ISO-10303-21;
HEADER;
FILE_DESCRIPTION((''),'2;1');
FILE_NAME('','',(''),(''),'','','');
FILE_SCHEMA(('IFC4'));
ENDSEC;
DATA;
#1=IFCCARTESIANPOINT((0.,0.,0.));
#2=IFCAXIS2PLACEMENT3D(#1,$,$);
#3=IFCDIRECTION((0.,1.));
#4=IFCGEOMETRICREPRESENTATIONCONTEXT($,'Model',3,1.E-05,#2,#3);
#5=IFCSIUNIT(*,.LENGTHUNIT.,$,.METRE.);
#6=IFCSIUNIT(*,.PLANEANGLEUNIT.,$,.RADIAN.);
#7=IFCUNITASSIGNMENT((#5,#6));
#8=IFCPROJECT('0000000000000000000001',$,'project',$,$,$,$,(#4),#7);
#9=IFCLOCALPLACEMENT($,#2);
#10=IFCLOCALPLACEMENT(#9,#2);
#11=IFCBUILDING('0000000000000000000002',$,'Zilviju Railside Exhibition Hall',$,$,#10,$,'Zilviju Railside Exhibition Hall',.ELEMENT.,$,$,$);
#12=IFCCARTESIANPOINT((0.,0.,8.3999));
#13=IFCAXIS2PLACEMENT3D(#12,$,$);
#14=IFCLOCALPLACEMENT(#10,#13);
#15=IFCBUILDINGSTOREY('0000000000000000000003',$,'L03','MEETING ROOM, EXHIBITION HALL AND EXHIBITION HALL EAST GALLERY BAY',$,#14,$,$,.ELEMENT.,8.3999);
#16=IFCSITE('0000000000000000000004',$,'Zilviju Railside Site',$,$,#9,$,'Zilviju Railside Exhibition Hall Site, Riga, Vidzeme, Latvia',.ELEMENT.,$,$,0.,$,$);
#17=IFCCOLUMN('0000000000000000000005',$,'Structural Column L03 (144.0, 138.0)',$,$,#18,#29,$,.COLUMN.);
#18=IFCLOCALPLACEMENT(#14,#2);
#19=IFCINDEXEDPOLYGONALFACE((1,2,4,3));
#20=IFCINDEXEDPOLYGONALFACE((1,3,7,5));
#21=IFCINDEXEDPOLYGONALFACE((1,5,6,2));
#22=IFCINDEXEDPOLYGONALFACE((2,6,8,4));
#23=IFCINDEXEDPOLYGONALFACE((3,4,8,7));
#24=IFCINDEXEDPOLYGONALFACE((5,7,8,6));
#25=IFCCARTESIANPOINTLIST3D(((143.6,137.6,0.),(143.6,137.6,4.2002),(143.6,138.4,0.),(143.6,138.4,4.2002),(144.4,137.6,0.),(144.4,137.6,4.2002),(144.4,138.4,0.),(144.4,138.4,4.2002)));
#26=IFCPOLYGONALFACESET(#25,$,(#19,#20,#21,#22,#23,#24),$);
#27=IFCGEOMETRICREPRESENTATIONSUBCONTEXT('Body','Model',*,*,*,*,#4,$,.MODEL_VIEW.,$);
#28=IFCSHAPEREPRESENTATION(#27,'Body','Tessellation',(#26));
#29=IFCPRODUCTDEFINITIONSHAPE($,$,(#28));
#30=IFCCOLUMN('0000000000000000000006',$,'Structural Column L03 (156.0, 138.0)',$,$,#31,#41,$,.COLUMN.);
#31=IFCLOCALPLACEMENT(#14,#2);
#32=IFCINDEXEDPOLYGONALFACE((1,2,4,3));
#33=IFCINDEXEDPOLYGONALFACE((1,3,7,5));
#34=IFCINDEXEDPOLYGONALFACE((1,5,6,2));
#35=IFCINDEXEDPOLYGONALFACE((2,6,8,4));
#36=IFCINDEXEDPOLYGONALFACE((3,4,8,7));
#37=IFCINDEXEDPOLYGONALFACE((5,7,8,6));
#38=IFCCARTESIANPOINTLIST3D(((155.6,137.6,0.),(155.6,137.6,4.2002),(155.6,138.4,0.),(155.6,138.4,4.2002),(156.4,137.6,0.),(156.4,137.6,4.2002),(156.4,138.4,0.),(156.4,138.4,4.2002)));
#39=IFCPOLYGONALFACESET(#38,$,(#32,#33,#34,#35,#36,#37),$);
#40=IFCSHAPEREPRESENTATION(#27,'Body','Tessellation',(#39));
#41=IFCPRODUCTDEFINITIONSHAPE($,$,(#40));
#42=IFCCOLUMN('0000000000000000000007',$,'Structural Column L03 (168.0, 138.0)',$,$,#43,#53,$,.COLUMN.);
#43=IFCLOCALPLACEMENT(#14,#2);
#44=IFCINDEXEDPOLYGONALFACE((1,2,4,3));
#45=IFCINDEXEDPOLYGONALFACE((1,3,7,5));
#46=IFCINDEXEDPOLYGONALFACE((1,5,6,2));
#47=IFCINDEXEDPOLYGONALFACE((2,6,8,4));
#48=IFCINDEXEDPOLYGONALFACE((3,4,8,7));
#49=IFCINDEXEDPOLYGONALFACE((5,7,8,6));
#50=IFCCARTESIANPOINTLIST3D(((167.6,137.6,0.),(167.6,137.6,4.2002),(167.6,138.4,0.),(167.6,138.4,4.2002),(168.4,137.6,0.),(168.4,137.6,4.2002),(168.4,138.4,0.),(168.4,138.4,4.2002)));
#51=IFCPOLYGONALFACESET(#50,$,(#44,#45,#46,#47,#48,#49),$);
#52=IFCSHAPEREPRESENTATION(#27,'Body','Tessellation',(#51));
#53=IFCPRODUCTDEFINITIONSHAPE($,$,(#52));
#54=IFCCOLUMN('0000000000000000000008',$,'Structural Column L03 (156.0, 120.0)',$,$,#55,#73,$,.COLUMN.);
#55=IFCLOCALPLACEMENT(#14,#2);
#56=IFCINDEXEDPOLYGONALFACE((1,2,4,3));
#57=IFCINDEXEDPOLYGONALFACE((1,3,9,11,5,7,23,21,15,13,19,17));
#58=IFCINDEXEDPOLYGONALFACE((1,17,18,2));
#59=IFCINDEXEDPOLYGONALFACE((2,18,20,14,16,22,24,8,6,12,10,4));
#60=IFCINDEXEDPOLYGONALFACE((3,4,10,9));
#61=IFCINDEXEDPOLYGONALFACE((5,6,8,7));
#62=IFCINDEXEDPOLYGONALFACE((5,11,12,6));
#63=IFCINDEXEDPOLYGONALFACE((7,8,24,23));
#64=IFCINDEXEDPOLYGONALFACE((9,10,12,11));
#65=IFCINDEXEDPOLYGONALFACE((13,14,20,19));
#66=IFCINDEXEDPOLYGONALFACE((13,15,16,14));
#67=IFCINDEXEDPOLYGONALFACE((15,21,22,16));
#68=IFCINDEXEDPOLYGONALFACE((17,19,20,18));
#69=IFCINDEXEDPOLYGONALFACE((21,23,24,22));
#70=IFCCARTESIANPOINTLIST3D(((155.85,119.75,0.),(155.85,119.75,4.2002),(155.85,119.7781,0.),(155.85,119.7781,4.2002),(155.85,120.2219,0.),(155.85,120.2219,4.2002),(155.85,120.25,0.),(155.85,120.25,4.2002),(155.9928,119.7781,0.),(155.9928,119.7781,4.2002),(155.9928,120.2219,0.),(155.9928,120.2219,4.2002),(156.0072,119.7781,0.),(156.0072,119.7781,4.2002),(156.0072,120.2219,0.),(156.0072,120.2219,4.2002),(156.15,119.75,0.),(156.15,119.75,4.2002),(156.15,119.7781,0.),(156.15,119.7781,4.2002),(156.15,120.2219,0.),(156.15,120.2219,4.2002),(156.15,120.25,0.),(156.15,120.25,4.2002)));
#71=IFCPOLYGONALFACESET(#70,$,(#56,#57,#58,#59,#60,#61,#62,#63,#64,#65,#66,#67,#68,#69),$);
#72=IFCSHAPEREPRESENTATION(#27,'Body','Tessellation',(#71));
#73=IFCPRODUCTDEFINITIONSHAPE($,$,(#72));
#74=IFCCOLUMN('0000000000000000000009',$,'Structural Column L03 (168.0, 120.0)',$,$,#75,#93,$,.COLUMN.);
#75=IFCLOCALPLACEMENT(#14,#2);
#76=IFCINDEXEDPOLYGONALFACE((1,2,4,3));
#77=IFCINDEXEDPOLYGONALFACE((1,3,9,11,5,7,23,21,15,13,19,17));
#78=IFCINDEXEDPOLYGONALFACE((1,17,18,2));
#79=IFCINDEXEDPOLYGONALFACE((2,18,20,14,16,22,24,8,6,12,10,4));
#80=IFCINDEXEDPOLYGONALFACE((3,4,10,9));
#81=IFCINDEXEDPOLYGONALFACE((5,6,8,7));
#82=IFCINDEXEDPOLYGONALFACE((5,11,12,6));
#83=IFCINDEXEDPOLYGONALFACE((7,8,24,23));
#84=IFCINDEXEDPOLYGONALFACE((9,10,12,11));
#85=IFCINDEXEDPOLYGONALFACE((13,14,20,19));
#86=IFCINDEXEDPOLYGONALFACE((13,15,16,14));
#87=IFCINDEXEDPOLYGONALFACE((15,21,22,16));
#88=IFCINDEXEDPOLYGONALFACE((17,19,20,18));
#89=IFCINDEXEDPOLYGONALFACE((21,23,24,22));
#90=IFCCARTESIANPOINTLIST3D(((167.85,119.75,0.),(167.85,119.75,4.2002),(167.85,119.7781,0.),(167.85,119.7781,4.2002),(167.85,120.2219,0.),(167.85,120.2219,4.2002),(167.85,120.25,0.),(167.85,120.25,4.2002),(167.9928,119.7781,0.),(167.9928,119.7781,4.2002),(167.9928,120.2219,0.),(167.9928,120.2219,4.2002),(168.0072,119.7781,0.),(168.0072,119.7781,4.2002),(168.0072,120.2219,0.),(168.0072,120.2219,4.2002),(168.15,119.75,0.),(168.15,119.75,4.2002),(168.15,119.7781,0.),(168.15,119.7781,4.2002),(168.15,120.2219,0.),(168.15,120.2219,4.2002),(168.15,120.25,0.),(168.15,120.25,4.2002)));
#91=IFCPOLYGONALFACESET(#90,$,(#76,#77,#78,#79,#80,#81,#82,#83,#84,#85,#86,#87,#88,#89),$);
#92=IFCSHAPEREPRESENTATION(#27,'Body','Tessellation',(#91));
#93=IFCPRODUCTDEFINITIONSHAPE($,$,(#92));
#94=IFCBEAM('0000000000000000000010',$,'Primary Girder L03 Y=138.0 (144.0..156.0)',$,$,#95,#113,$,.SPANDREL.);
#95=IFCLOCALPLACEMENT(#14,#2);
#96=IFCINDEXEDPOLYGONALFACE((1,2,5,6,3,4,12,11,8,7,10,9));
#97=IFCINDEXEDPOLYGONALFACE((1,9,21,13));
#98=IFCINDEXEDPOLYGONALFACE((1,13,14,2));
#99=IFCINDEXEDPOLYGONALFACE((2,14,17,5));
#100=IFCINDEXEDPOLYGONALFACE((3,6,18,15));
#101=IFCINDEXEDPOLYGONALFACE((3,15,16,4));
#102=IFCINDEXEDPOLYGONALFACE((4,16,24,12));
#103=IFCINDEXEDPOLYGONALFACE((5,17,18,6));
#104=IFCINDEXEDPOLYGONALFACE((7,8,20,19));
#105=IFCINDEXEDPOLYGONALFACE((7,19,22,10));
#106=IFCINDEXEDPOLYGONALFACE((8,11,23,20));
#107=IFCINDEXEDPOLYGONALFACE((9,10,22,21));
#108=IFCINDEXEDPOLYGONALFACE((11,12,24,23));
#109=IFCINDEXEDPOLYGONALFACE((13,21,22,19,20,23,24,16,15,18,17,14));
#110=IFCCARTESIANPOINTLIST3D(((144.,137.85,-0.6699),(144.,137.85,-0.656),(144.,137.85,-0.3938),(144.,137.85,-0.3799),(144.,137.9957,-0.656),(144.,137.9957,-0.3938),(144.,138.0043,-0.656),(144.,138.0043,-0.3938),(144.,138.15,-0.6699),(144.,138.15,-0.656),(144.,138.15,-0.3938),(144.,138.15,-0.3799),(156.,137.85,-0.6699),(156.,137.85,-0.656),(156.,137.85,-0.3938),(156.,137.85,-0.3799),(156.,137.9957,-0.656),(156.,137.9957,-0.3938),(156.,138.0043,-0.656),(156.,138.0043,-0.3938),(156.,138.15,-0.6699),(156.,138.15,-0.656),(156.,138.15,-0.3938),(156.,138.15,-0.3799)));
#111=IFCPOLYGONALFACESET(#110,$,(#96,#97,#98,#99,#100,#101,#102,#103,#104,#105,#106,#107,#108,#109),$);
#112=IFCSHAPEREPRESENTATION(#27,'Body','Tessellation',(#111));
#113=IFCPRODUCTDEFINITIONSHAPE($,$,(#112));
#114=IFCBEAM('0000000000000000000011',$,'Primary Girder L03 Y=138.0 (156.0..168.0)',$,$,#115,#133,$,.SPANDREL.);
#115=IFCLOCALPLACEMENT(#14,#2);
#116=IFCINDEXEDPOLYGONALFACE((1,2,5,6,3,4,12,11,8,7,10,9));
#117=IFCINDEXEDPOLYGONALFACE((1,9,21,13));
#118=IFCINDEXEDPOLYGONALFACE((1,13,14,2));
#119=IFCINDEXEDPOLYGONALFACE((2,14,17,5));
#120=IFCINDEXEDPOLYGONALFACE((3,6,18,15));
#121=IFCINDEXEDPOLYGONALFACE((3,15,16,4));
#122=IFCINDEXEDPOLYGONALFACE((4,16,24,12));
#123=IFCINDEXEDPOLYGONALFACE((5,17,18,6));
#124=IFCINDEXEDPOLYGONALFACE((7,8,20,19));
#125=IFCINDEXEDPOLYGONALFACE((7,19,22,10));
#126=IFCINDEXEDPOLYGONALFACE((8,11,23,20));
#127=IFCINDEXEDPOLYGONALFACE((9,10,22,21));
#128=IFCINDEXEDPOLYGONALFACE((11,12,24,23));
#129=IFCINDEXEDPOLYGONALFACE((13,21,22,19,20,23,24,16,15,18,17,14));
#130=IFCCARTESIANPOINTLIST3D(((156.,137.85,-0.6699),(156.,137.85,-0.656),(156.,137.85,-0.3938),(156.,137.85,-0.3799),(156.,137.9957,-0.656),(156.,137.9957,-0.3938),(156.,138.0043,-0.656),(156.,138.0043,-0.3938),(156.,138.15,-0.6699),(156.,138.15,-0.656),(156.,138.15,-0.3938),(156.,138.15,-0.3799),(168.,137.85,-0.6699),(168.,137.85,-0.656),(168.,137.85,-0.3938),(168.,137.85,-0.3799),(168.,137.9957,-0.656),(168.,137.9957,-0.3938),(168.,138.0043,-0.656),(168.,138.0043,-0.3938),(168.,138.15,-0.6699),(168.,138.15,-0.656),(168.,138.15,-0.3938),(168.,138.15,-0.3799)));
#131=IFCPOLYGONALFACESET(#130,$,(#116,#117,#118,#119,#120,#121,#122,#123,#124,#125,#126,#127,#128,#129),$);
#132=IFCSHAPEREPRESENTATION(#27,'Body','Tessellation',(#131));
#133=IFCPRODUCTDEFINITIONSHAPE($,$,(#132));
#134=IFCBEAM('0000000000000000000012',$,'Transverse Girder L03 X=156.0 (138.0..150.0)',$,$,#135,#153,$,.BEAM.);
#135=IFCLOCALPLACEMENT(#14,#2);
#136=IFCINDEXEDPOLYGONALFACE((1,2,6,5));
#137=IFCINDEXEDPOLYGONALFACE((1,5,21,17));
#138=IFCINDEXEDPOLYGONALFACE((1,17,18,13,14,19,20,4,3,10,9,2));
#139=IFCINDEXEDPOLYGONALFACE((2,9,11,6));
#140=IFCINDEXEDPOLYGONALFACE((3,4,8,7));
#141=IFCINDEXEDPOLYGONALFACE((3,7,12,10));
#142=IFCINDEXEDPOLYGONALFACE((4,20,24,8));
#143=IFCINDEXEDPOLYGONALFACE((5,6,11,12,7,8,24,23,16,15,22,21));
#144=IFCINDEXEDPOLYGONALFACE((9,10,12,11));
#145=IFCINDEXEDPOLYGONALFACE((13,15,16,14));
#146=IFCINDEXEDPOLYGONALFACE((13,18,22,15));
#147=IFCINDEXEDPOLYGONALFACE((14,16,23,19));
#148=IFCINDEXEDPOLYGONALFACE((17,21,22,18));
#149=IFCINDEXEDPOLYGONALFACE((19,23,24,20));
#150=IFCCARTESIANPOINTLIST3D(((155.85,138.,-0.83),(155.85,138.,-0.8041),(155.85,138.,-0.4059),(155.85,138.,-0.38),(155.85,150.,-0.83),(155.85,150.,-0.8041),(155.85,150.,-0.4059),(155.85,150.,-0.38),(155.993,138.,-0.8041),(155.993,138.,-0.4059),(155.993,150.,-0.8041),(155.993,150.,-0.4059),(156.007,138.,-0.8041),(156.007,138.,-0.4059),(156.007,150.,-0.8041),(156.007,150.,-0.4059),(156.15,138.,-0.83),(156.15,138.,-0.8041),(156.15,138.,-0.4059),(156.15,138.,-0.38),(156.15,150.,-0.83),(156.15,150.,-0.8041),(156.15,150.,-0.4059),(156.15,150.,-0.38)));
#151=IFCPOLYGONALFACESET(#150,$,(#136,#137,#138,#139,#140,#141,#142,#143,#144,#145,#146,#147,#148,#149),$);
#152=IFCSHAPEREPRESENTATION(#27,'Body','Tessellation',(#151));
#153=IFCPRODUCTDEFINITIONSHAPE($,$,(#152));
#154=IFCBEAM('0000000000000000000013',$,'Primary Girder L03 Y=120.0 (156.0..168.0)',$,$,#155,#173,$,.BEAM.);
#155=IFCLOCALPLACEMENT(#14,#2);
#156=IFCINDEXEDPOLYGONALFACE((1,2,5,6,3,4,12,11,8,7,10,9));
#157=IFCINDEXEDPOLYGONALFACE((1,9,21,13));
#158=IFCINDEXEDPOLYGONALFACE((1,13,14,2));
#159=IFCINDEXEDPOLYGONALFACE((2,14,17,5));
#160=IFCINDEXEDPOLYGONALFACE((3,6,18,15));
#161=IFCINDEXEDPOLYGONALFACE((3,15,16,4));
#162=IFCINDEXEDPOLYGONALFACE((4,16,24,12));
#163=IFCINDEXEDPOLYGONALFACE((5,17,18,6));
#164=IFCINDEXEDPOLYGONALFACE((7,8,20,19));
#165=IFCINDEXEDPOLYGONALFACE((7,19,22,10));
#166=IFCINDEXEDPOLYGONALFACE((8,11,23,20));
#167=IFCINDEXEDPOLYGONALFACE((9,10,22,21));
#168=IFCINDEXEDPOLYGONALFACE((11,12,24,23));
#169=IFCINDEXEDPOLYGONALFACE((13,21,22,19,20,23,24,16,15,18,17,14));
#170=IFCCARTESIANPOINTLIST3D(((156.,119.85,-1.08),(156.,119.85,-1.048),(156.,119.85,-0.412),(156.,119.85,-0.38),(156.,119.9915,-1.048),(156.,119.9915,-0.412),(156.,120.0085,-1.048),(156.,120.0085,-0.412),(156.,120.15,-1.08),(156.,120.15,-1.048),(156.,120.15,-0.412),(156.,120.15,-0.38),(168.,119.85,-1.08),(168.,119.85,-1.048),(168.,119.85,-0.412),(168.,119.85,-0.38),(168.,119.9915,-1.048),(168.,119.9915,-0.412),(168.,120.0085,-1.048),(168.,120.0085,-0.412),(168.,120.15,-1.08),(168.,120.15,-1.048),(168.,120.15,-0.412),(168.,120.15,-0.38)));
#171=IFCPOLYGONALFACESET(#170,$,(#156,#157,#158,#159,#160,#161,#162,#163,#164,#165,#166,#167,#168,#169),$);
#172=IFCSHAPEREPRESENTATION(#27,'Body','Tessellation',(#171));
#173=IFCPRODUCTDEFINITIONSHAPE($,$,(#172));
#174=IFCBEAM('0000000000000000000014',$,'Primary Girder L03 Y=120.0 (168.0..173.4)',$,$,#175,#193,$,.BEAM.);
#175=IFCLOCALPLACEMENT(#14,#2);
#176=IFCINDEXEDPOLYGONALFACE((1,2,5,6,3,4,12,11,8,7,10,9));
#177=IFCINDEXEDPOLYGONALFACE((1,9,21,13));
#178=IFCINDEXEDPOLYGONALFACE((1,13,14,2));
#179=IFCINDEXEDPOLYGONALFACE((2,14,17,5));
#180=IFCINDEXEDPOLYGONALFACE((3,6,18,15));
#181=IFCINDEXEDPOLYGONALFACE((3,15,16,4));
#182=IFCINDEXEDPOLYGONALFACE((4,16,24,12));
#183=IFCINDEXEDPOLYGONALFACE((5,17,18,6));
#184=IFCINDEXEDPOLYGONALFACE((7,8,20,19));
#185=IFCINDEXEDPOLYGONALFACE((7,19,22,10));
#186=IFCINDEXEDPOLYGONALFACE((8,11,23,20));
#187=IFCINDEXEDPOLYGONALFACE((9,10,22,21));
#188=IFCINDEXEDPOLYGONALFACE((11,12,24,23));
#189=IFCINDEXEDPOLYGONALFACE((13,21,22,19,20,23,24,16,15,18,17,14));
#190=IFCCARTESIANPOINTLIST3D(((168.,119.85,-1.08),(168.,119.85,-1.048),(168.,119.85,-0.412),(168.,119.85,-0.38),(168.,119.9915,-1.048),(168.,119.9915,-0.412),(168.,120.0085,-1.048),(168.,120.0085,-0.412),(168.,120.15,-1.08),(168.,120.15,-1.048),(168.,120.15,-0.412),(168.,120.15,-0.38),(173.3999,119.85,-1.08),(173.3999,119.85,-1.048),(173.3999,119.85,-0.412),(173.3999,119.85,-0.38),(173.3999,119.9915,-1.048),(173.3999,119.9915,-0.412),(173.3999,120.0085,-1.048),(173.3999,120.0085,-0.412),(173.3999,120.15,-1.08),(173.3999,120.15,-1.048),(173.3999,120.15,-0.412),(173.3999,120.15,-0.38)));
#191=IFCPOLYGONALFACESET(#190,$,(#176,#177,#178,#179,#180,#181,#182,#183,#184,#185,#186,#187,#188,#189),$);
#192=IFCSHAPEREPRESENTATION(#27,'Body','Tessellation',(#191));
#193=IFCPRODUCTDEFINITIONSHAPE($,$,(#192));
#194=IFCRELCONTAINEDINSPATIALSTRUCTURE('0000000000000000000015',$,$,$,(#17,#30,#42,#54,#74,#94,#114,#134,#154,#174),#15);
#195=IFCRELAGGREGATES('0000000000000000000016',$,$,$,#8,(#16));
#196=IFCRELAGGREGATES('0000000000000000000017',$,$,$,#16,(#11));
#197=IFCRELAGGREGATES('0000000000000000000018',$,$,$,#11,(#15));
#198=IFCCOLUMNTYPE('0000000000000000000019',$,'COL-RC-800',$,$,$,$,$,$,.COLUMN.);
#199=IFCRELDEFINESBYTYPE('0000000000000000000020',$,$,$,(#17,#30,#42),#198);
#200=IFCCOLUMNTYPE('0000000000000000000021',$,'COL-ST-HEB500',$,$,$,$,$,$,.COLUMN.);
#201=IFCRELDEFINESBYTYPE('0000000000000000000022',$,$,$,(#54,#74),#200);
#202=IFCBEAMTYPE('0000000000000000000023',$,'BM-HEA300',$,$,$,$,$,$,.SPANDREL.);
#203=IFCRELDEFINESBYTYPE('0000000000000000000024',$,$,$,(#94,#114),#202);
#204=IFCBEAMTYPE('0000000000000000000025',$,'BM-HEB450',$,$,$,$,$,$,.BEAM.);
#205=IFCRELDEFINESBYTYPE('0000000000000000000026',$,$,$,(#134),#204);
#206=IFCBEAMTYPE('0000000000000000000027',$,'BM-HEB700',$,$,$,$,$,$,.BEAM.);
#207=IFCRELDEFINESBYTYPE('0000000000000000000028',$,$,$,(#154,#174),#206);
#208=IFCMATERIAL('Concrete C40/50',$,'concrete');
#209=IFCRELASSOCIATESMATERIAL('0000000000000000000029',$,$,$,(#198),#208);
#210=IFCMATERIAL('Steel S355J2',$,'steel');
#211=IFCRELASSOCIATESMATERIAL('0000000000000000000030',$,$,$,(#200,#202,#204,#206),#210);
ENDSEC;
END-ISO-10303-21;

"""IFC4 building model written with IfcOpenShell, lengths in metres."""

from ifc_helpers import new_model, si_unit, direction, frame, origin, origin_2d, place, context, subcontext, project, spatial, rectangle, i_section, extrude, material, material_profile, profile_set, type_object, element, save


model = new_model("IFC4")

# Units and contexts
model_context = context("Model", 3, precision=1e-05, world=origin(), true_north=direction((0.0, 1.0)))
body_context = subcontext(model_context, "Body", "Model", "MODEL_VIEW")
ifc_project = project(units=[si_unit("LENGTHUNIT", "METRE"), si_unit("PLANEANGLEUNIT", "RADIAN")], contexts=[model_context])

# Site, building, storey
site_placement = place(None, origin())
site = spatial("IfcSite", under=ifc_project, at=site_placement, Name="Zilviju Railside Site", LongName="Zilviju Railside Exhibition Hall Site, Riga, Vidzeme, Latvia", CompositionType="ELEMENT", RefElevation=0.0)
building_placement = place(site_placement, origin())
building = spatial("IfcBuilding", under=site, at=building_placement, Name="Zilviju Railside Exhibition Hall", LongName="Zilviju Railside Exhibition Hall", CompositionType="ELEMENT")
storey_placement = place(building_placement, frame((0.0, 0.0, 8.3999)))
storey = spatial("IfcBuildingStorey", under=building, at=storey_placement, Name="L03", Description="MEETING ROOM, EXHIBITION HALL AND EXHIBITION HALL EAST GALLERY BAY", CompositionType="ELEMENT", Elevation=8.3999)

# Columns
ifc_material_1 = material(Name="Concrete C40/50", Category="concrete")
ifc_material_profile_1 = material_profile(ifc_material_1, rectangle(XDim=0.8, YDim=0.8, at=origin_2d()), Name="RC COL 800x800")
ifc_profile_set_1 = profile_set([ifc_material_profile_1], Name="Concrete C40/50")
column_type_1 = type_object("IfcColumnType", Name="COL-RC-800", PredefinedType="COLUMN", material=ifc_profile_set_1)
for number, where, z_axis, x_axis, name in (
    (1, (144.0, 138.0, 0.0), (0.0, 0.0, 1.0), (1.0, 0.0, 0.0), "Structural Column L03 (144.0, 138.0)"),
    (2, (156.0, 138.0, 0.0), (0.0, 0.0, 1.0), (1.0, 0.0, 0.0), "Structural Column L03 (156.0, 138.0)"),
    (3, (168.0, 138.0, 0.0), (0.0, 0.0, 1.0), (1.0, 0.0, 0.0), "Structural Column L03 (168.0, 138.0)"),
):
    element("IfcColumn", number, at=place(storey_placement, frame(where, z_axis=z_axis, x_axis=x_axis)), inside=storey, type_object=column_type_1, Name=name, PredefinedType="COLUMN", context=body_context, shape_type="SweptSolid", body=[
        extrude(rectangle(XDim=0.8, YDim=0.8, at=origin_2d()), origin(), (0.0, 0.0, 1.0), 4.2002),
    ])
ifc_material_2 = material(Name="Steel S355J2", Category="steel")
ifc_material_profile_2 = material_profile(ifc_material_2, i_section(OverallWidth=0.3, OverallDepth=0.5, WebThickness=0.0144, FlangeThickness=0.0281, at=origin_2d()), Name="HEB 500")
ifc_profile_set_2 = profile_set([ifc_material_profile_2], Name="Steel S355J2")
column_type_2 = type_object("IfcColumnType", Name="COL-ST-HEB500", PredefinedType="COLUMN", material=ifc_profile_set_2)
for number, where, z_axis, x_axis, name in (
    (4, (156.0, 120.0, 0.0), (0.0, 0.0, 1.0), (1.0, 0.0, 0.0), "Structural Column L03 (156.0, 120.0)"),
    (5, (168.0, 120.0, 0.0), (0.0, 0.0, 1.0), (1.0, 0.0, 0.0), "Structural Column L03 (168.0, 120.0)"),
):
    element("IfcColumn", number, at=place(storey_placement, frame(where, z_axis=z_axis, x_axis=x_axis)), inside=storey, type_object=column_type_2, Name=name, PredefinedType="COLUMN", context=body_context, shape_type="SweptSolid", body=[
        extrude(i_section(OverallWidth=0.3, OverallDepth=0.5, WebThickness=0.0144, FlangeThickness=0.0281, at=origin_2d()), origin(), (0.0, 0.0, 1.0), 4.2002),
    ])

# Beams
ifc_material_profile_3 = material_profile(ifc_material_2, i_section(OverallWidth=0.3, OverallDepth=0.29, WebThickness=0.0085, FlangeThickness=0.0139, at=origin_2d()), Name="HEA 300")
ifc_profile_set_3 = profile_set([ifc_material_profile_3], Name="Steel S355J2")
beam_type_1 = type_object("IfcBeamType", Name="BM-HEA300", PredefinedType="SPANDREL", material=ifc_profile_set_3)
for number, where, z_axis, x_axis, name in (
    (6, (144.0, 138.0, -0.5249), (1.0, 0.0, 0.0), (0.0, 1.0, 0.0), "Primary Girder L03 Y=138.0 (144.0..156.0)"),
    (7, (156.0, 138.0, -0.5249), (1.0, 0.0, 0.0), (0.0, 1.0, 0.0), "Primary Girder L03 Y=138.0 (156.0..168.0)"),
):
    element("IfcBeam", number, at=place(storey_placement, frame(where, z_axis=z_axis, x_axis=x_axis)), inside=storey, type_object=beam_type_1, Name=name, PredefinedType="SPANDREL", context=body_context, shape_type="SweptSolid", body=[
        extrude(i_section(OverallWidth=0.3, OverallDepth=0.29, WebThickness=0.0085, FlangeThickness=0.0139, at=origin_2d()), origin(), (0.0, 0.0, 1.0), 12.0),
    ])
ifc_material_profile_4 = material_profile(ifc_material_2, i_section(OverallWidth=0.3, OverallDepth=0.45, WebThickness=0.0139, FlangeThickness=0.0259, at=origin_2d()), Name="HEB 450")
ifc_profile_set_4 = profile_set([ifc_material_profile_4], Name="Steel S355J2")
beam_type_2 = type_object("IfcBeamType", Name="BM-HEB450", PredefinedType="BEAM", material=ifc_profile_set_4)
beam_1_placement = place(storey_placement, frame((156.0, 138.0, -0.605), z_axis=(0.0, 1.0, 0.0), x_axis=(-1.0, 0.0, 0.0)))
element("IfcBeam", 8, at=beam_1_placement, inside=storey, type_object=beam_type_2, Name="Transverse Girder L03 X=156.0 (138.0..150.0)", PredefinedType="BEAM", context=body_context, shape_type="SweptSolid", body=[
    extrude(i_section(OverallWidth=0.3, OverallDepth=0.45, WebThickness=0.0139, FlangeThickness=0.0259, at=origin_2d()), origin(), (0.0, 0.0, 1.0), 12.0),
])
ifc_material_profile_5 = material_profile(ifc_material_2, i_section(OverallWidth=0.3, OverallDepth=0.7, WebThickness=0.0171, FlangeThickness=0.032, at=origin_2d()), Name="HEB 700")
ifc_profile_set_5 = profile_set([ifc_material_profile_5], Name="Steel S355J2")
beam_type_3 = type_object("IfcBeamType", Name="BM-HEB700", PredefinedType="BEAM", material=ifc_profile_set_5)
beam_2_placement = place(storey_placement, frame((156.0, 120.0, -0.73), z_axis=(1.0, 0.0, 0.0), x_axis=(0.0, 1.0, 0.0)))
element("IfcBeam", 9, at=beam_2_placement, inside=storey, type_object=beam_type_3, Name="Primary Girder L03 Y=120.0 (156.0..168.0)", PredefinedType="BEAM", context=body_context, shape_type="SweptSolid", body=[
    extrude(i_section(OverallWidth=0.3, OverallDepth=0.7, WebThickness=0.0171, FlangeThickness=0.032, at=origin_2d()), origin(), (0.0, 0.0, 1.0), 12.0),
])
beam_3_placement = place(storey_placement, frame((168.0, 120.0, -0.73), z_axis=(1.0, 0.0, 0.0), x_axis=(0.0, 1.0, 0.0)))
element("IfcBeam", 10, at=beam_3_placement, inside=storey, type_object=beam_type_3, Name="Primary Girder L03 Y=120.0 (168.0..173.4)", PredefinedType="BEAM", context=body_context, shape_type="SweptSolid", body=[
    extrude(i_section(OverallWidth=0.3, OverallDepth=0.7, WebThickness=0.0171, FlangeThickness=0.032, at=origin_2d()), origin(), (0.0, 0.0, 1.0), 5.3999),
])

save(model, "model.ifc")
